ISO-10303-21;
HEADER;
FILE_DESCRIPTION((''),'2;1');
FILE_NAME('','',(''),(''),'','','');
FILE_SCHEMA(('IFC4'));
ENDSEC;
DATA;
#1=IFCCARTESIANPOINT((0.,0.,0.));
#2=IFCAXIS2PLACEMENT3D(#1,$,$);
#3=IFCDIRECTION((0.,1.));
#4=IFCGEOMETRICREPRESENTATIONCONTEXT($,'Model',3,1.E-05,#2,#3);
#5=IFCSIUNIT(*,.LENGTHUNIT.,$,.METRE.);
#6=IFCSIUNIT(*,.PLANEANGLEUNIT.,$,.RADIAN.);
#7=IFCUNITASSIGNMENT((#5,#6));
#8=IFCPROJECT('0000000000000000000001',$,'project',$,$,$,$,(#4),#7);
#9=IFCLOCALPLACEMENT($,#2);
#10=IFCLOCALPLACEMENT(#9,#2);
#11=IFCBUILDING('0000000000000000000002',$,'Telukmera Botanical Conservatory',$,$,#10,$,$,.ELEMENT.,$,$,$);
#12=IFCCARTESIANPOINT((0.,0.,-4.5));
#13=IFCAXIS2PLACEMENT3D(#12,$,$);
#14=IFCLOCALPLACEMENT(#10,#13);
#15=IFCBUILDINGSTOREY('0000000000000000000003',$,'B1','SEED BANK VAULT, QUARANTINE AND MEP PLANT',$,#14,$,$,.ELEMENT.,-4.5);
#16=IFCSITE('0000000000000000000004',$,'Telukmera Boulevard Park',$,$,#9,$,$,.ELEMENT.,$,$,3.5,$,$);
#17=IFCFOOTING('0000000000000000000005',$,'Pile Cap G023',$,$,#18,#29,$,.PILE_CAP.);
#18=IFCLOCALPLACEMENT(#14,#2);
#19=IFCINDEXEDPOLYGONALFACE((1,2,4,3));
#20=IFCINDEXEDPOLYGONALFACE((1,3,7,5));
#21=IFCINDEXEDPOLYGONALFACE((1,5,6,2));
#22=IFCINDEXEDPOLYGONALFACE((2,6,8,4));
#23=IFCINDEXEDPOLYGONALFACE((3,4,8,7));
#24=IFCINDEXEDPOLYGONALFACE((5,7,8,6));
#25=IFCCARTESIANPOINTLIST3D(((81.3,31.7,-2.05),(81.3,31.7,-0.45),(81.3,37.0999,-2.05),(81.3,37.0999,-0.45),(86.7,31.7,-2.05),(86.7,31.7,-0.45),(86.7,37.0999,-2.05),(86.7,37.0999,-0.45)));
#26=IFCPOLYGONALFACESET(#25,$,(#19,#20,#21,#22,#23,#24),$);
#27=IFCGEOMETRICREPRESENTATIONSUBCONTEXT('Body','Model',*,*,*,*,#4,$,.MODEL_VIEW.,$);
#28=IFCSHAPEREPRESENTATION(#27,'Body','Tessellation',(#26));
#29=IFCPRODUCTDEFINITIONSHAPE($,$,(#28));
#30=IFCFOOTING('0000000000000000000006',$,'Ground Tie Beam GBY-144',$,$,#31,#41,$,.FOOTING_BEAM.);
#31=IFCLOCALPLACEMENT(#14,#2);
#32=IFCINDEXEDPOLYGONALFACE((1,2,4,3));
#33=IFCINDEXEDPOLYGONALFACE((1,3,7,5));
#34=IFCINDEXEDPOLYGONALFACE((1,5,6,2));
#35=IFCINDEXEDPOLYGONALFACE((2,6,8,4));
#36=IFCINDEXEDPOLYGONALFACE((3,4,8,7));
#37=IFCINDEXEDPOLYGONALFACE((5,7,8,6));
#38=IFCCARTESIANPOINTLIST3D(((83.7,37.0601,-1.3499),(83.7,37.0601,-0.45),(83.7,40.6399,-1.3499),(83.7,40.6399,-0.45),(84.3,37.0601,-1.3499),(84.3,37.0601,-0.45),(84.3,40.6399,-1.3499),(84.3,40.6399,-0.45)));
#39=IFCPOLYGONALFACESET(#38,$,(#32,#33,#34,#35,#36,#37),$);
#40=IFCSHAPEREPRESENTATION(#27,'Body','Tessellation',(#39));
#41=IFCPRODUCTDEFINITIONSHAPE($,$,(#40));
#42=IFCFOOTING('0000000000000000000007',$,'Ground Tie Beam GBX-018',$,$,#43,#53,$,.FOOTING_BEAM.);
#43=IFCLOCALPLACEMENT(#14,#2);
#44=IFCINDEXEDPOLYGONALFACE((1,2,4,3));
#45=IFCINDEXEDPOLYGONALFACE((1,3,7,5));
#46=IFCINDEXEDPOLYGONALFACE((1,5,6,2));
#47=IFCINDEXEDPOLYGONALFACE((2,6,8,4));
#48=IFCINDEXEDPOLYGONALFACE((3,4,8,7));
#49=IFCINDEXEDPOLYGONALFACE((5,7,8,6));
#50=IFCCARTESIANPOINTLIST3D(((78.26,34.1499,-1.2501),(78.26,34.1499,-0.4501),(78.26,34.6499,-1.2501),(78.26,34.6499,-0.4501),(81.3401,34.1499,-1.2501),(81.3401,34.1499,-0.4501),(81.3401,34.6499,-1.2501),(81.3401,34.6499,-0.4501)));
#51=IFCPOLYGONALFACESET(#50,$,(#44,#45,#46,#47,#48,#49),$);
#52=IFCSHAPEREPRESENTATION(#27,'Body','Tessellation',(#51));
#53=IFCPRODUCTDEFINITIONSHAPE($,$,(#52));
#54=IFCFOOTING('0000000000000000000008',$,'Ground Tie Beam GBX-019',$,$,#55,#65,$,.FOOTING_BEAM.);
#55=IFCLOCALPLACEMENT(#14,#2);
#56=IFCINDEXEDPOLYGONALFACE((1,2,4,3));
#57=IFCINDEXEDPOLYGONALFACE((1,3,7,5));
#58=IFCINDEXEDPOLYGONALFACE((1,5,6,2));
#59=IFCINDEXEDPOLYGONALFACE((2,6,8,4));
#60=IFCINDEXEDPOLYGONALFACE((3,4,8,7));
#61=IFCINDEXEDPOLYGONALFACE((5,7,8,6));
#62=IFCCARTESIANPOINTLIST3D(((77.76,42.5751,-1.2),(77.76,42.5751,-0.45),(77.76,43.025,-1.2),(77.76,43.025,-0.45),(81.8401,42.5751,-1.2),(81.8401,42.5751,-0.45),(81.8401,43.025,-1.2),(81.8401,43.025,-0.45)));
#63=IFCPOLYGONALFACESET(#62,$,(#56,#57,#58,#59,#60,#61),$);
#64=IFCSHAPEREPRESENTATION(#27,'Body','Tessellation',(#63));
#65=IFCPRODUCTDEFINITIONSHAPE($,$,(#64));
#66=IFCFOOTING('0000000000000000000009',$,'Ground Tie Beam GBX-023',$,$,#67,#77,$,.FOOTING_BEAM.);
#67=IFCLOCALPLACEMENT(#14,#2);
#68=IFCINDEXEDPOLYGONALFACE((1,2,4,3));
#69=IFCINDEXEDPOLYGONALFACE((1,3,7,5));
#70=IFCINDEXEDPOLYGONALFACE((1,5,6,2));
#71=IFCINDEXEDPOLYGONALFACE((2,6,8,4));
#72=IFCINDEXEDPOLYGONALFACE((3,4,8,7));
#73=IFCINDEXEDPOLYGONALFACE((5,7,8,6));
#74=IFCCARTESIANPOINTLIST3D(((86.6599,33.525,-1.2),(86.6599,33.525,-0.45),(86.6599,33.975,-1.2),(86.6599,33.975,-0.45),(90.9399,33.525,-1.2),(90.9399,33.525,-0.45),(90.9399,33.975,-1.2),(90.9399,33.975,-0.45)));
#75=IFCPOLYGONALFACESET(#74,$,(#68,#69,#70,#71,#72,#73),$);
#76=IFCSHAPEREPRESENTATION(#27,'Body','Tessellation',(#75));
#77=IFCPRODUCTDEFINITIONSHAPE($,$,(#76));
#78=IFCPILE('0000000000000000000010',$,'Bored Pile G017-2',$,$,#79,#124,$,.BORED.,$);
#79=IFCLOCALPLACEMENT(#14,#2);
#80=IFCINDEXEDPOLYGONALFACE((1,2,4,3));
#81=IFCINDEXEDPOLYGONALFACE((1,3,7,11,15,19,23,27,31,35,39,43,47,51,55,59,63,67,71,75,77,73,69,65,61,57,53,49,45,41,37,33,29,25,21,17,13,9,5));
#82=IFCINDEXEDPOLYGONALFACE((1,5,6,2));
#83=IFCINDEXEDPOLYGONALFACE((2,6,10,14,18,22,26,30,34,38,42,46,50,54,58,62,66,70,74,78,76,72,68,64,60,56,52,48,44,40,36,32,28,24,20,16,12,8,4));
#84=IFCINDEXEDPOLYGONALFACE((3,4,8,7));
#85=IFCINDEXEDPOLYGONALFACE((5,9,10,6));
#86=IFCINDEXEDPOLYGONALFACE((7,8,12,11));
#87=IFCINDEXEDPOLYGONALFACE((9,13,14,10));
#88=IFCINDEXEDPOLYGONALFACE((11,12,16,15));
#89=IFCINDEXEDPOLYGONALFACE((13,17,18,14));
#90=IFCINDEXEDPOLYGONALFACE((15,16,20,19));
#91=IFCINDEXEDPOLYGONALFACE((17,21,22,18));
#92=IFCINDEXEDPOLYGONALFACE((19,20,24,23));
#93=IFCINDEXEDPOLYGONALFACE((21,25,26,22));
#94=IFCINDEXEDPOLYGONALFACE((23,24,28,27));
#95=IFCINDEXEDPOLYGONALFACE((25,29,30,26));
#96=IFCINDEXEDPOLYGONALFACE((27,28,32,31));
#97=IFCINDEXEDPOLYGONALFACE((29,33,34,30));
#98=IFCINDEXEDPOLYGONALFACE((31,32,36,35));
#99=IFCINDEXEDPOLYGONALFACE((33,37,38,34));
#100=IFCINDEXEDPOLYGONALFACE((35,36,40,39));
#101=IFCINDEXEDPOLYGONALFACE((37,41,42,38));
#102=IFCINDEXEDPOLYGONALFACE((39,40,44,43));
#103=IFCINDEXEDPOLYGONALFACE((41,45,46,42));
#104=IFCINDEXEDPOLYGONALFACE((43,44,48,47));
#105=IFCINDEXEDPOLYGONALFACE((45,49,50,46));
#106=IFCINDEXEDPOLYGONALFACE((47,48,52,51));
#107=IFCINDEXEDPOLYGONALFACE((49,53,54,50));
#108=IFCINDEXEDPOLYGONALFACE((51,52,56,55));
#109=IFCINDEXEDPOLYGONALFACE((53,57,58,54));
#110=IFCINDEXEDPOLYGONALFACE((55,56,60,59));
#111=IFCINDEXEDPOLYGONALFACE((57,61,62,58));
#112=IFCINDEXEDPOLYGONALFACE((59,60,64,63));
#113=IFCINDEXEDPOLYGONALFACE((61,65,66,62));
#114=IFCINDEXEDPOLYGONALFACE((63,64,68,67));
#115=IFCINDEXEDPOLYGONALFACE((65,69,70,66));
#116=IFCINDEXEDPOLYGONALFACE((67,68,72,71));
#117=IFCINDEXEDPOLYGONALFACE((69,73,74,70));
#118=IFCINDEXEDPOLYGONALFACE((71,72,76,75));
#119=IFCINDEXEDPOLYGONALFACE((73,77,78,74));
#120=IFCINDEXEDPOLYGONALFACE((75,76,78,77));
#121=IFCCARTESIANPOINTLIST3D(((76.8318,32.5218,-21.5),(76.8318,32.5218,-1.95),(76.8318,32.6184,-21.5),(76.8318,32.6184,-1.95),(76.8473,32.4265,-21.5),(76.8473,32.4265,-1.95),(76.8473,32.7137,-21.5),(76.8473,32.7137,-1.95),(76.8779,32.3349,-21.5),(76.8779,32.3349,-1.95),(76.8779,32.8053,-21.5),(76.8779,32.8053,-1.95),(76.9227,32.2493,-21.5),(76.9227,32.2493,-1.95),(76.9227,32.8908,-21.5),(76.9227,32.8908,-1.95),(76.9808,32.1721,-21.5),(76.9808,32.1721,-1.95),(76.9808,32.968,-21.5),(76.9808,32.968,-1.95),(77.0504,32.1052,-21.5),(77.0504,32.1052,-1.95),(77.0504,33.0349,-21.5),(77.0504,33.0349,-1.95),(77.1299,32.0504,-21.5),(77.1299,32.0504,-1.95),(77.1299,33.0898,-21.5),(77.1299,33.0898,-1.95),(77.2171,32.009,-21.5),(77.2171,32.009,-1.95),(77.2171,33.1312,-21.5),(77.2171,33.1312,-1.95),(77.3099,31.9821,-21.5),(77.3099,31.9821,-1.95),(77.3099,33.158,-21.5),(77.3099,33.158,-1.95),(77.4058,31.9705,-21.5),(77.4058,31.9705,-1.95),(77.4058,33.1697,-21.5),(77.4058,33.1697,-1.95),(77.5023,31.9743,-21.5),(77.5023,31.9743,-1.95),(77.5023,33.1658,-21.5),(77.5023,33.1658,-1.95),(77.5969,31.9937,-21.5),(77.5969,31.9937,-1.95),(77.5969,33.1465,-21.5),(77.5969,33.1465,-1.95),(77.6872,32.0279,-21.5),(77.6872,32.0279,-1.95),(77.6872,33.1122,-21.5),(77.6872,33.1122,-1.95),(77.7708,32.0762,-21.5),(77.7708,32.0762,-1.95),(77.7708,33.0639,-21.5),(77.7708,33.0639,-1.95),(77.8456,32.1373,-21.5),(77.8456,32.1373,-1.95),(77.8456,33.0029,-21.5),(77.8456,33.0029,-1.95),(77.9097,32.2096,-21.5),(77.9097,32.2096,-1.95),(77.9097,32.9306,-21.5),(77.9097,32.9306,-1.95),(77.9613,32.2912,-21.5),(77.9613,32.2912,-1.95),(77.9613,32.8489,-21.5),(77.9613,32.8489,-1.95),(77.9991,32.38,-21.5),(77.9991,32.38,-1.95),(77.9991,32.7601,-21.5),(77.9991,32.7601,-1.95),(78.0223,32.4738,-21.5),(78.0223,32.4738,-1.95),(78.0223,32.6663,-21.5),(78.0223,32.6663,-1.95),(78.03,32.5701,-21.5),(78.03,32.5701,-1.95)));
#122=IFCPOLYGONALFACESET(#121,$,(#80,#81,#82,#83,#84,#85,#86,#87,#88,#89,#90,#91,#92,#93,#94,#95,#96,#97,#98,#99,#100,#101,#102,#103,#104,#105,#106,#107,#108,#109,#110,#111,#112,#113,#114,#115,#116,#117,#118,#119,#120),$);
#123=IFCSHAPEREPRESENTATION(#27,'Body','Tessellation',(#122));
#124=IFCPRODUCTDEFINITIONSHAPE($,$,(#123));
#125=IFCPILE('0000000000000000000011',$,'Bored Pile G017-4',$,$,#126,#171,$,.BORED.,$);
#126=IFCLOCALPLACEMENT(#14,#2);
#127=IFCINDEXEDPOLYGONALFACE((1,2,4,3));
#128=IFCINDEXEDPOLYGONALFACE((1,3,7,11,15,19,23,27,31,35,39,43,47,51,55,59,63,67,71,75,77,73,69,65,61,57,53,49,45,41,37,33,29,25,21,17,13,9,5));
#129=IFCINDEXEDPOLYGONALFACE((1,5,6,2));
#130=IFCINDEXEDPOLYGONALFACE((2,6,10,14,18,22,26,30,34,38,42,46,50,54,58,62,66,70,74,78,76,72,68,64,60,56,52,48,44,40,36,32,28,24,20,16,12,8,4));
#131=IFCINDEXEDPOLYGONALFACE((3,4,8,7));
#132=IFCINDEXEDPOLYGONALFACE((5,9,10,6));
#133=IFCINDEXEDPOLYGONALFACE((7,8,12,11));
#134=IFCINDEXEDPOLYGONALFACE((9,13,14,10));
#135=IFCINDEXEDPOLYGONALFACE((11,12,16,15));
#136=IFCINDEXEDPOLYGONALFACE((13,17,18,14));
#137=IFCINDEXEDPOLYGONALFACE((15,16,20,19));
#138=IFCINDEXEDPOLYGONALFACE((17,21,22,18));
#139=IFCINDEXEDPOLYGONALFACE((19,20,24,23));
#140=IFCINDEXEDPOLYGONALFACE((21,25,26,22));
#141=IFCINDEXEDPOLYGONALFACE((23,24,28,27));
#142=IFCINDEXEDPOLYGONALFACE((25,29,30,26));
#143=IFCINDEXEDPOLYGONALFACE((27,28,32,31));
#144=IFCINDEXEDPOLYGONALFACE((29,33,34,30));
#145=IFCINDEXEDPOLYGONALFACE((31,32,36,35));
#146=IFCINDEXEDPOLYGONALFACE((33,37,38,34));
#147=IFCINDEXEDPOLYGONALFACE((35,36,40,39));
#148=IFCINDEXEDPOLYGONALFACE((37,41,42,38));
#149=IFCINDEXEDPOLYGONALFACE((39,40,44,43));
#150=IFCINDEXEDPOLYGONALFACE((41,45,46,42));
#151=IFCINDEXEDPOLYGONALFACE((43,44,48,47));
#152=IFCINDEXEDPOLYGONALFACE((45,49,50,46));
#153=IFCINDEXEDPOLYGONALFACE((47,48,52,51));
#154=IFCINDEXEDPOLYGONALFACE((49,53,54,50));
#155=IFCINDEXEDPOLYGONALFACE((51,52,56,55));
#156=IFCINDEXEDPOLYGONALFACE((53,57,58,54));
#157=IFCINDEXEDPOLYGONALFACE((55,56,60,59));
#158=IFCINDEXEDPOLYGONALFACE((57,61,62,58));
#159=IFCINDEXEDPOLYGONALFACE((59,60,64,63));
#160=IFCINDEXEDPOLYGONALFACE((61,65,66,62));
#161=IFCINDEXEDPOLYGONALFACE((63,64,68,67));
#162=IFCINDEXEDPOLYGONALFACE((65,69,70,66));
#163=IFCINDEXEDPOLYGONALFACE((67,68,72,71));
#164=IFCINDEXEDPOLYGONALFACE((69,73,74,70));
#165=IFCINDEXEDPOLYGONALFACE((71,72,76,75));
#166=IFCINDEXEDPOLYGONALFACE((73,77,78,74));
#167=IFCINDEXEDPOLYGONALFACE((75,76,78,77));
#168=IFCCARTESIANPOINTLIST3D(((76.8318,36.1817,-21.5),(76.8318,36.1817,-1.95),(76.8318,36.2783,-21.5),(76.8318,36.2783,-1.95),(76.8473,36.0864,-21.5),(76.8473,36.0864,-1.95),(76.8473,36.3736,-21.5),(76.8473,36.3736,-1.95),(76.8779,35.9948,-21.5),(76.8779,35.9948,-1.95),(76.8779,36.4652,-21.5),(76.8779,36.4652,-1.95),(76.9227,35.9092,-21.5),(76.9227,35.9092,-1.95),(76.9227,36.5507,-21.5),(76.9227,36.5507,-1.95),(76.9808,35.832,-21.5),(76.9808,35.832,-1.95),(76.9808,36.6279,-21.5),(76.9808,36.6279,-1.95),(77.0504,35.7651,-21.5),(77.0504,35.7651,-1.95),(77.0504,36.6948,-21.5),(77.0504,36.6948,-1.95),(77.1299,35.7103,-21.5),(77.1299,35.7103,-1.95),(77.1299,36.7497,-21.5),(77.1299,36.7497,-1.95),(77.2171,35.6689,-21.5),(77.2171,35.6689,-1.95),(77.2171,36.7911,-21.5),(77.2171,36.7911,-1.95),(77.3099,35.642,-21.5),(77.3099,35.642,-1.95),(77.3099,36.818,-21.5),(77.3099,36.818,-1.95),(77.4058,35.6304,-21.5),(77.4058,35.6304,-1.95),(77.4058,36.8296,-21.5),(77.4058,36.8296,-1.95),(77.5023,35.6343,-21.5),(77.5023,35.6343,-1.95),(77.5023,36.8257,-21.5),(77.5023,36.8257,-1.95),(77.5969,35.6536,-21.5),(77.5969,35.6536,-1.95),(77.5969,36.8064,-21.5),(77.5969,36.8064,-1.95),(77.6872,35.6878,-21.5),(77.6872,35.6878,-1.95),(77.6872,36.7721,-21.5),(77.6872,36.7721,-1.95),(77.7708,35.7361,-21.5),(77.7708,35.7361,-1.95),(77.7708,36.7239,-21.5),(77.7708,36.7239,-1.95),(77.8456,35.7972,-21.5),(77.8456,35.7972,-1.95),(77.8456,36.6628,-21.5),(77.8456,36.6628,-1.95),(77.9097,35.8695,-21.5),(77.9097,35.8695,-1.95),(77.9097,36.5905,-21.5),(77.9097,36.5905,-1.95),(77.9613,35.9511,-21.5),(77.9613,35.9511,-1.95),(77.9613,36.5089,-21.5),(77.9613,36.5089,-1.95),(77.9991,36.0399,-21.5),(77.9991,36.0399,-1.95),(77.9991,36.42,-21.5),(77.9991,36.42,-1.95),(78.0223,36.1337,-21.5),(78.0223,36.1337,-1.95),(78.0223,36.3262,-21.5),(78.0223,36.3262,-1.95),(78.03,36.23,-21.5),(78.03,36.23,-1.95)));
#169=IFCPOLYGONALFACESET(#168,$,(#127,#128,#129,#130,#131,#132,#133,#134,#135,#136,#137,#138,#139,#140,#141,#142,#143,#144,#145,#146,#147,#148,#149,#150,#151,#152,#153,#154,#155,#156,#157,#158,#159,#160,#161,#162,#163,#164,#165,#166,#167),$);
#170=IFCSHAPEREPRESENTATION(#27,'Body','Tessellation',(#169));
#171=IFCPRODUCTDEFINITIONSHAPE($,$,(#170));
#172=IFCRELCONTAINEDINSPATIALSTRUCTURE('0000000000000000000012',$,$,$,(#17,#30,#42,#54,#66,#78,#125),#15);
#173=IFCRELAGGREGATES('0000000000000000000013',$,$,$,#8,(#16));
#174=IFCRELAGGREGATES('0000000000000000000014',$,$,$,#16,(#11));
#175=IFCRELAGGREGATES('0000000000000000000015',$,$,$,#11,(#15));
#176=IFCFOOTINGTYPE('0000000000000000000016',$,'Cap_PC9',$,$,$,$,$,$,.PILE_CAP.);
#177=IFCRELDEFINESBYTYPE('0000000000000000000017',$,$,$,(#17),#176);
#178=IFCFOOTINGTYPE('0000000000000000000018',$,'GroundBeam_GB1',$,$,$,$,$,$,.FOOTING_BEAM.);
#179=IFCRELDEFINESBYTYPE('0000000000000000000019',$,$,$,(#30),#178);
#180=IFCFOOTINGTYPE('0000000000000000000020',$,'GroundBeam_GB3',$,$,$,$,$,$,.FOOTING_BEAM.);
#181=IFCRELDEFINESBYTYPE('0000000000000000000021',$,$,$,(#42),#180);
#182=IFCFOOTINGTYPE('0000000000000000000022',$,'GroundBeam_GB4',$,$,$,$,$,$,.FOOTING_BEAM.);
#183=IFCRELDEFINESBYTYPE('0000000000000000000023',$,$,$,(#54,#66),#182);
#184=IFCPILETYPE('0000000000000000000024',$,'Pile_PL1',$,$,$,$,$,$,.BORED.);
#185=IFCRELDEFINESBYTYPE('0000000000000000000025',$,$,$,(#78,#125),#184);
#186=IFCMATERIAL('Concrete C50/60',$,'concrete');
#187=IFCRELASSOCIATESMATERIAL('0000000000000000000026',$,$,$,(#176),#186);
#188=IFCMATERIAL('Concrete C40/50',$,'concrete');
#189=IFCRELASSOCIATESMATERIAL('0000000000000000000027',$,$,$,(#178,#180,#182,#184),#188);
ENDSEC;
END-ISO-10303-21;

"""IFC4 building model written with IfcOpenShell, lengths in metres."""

from ifc_helpers import new_model, si_unit, direction, frame, origin, origin_2d, place, context, subcontext, project, spatial, rectangle, circle, extrude, material, material_profile, profile_set, type_object, element, save


model = new_model("IFC4")

# Units and contexts
model_context = context("Model", 3, precision=1e-05, world=origin(), true_north=direction((0.0, 1.0)))
body_context = subcontext(model_context, "Body", "Model", "MODEL_VIEW")
ifc_project = project(units=[si_unit("LENGTHUNIT", "METRE"), si_unit("PLANEANGLEUNIT", "RADIAN")], contexts=[model_context])

# Site, building, storey
site_placement = place(None, origin())
site = spatial("IfcSite", under=ifc_project, at=site_placement, Name="Telukmera Boulevard Park", CompositionType="ELEMENT", RefElevation=3.5)
building_placement = place(site_placement, origin())
building = spatial("IfcBuilding", under=site, at=building_placement, Name="Telukmera Botanical Conservatory", CompositionType="ELEMENT")
storey_placement = place(building_placement, frame((0.0, 0.0, -4.5)))
storey = spatial("IfcBuildingStorey", under=building, at=storey_placement, Name="B1", Description="SEED BANK VAULT, QUARANTINE AND MEP PLANT", CompositionType="ELEMENT", Elevation=-4.5)

# Footings
ifc_material_1 = material(Name="Concrete C50/60", Category="concrete")
footing_type_1 = type_object("IfcFootingType", Name="Cap_PC9", PredefinedType="PILE_CAP", material=ifc_material_1)
footing_1_placement = place(storey_placement, frame((84.0, 34.3999, -2.05), z_axis=(0.0, 0.0, 1.0), x_axis=(1.0, 0.0, 0.0)))
element("IfcFooting", 1, at=footing_1_placement, inside=storey, type_object=footing_type_1, Name="Pile Cap G023", PredefinedType="PILE_CAP", context=body_context, shape_type="SweptSolid", body=[
    extrude(rectangle(XDim=5.3999, YDim=5.3999, at=origin_2d()), origin(), (0.0, 0.0, 1.0), 1.6001),
])
ifc_material_2 = material(Name="Concrete C40/50", Category="concrete")
ifc_material_profile_1 = material_profile(ifc_material_2, rectangle(XDim=0.6001, YDim=0.8999, at=origin_2d()), Name="RC 600x900")
ifc_profile_set_1 = profile_set([ifc_material_profile_1], Name="Concrete C40/50")
footing_type_2 = type_object("IfcFootingType", Name="GroundBeam_GB1", PredefinedType="FOOTING_BEAM", material=ifc_profile_set_1)
footing_2_placement = place(storey_placement, frame((84.0, 37.0601, -0.8999), z_axis=(0.0, 1.0, 0.0), x_axis=(-1.0, 0.0, 0.0)))
element("IfcFooting", 2, at=footing_2_placement, inside=storey, type_object=footing_type_2, Name="Ground Tie Beam GBY-144", PredefinedType="FOOTING_BEAM", context=body_context, shape_type="SweptSolid", body=[
    extrude(rectangle(XDim=0.6001, YDim=0.8999, at=origin_2d()), origin(), (0.0, 0.0, 1.0), 3.5798),
])
ifc_material_profile_2 = material_profile(ifc_material_2, rectangle(XDim=0.5, YDim=0.8, at=origin_2d()), Name="RC 500x800")
ifc_profile_set_2 = profile_set([ifc_material_profile_2], Name="Concrete C40/50")
footing_type_3 = type_object("IfcFootingType", Name="GroundBeam_GB3", PredefinedType="FOOTING_BEAM", material=ifc_profile_set_2)
footing_3_placement = place(storey_placement, frame((78.26, 34.3999, -0.8501), z_axis=(1.0, 0.0, 0.0), x_axis=(0.0, 1.0, 0.0)))
element("IfcFooting", 3, at=footing_3_placement, inside=storey, type_object=footing_type_3, Name="Ground Tie Beam GBX-018", PredefinedType="FOOTING_BEAM", context=body_context, shape_type="SweptSolid", body=[
    extrude(rectangle(XDim=0.5, YDim=0.8, at=origin_2d()), origin(), (0.0, 0.0, 1.0), 3.0801),
])
ifc_material_profile_3 = material_profile(ifc_material_2, rectangle(XDim=0.45, YDim=0.75, at=origin_2d()), Name="RC 450x750")
ifc_profile_set_3 = profile_set([ifc_material_profile_3], Name="Concrete C40/50")
footing_type_4 = type_object("IfcFootingType", Name="GroundBeam_GB4", PredefinedType="FOOTING_BEAM", material=ifc_profile_set_3)
footing_4_placement = place(storey_placement, frame((77.76, 42.8, -0.825), z_axis=(1.0, 0.0, 0.0), x_axis=(0.0, 1.0, 0.0)))
element("IfcFooting", 4, at=footing_4_placement, inside=storey, type_object=footing_type_4, Name="Ground Tie Beam GBX-019", PredefinedType="FOOTING_BEAM", context=body_context, shape_type="SweptSolid", body=[
    extrude(rectangle(XDim=0.45, YDim=0.75, at=origin_2d()), origin(), (0.0, 0.0, 1.0), 4.0801),
])
footing_5_placement = place(storey_placement, frame((86.6599, 33.75, -0.825), z_axis=(1.0, 0.0, 0.0), x_axis=(0.0, 1.0, 0.0)))
element("IfcFooting", 5, at=footing_5_placement, inside=storey, type_object=footing_type_4, Name="Ground Tie Beam GBX-023", PredefinedType="FOOTING_BEAM", context=body_context, shape_type="SweptSolid", body=[
    extrude(rectangle(XDim=0.45, YDim=0.75, at=origin_2d()), origin(), (0.0, 0.0, 1.0), 4.28),
])

# Piles
ifc_material_profile_4 = material_profile(ifc_material_2, circle(Radius=0.6001, at=origin_2d()), Name="PILE D1200")
ifc_profile_set_4 = profile_set([ifc_material_profile_4], Name="Concrete C40/50")
pile_type_1 = type_object("IfcPileType", Name="Pile_PL1", PredefinedType="BORED", material=ifc_profile_set_4)
for number, where, z_axis, x_axis, name in (
    (6, (77.4299, 32.5701, -1.95), (0.0, 0.0, -1.0), (1.0, 0.0, 0.0), "Bored Pile G017-2"),
    (7, (77.4299, 36.23, -1.95), (0.0, 0.0, -1.0), (1.0, 0.0, 0.0), "Bored Pile G017-4"),
):
    element("IfcPile", number, at=place(storey_placement, frame(where, z_axis=z_axis, x_axis=x_axis)), inside=storey, type_object=pile_type_1, Name=name, PredefinedType="BORED", context=body_context, shape_type="SweptSolid", body=[
        extrude(circle(Radius=0.6001, at=origin_2d()), origin(), (0.0, 0.0, 1.0), 19.55),
    ])

save(model, "model.ifc")
